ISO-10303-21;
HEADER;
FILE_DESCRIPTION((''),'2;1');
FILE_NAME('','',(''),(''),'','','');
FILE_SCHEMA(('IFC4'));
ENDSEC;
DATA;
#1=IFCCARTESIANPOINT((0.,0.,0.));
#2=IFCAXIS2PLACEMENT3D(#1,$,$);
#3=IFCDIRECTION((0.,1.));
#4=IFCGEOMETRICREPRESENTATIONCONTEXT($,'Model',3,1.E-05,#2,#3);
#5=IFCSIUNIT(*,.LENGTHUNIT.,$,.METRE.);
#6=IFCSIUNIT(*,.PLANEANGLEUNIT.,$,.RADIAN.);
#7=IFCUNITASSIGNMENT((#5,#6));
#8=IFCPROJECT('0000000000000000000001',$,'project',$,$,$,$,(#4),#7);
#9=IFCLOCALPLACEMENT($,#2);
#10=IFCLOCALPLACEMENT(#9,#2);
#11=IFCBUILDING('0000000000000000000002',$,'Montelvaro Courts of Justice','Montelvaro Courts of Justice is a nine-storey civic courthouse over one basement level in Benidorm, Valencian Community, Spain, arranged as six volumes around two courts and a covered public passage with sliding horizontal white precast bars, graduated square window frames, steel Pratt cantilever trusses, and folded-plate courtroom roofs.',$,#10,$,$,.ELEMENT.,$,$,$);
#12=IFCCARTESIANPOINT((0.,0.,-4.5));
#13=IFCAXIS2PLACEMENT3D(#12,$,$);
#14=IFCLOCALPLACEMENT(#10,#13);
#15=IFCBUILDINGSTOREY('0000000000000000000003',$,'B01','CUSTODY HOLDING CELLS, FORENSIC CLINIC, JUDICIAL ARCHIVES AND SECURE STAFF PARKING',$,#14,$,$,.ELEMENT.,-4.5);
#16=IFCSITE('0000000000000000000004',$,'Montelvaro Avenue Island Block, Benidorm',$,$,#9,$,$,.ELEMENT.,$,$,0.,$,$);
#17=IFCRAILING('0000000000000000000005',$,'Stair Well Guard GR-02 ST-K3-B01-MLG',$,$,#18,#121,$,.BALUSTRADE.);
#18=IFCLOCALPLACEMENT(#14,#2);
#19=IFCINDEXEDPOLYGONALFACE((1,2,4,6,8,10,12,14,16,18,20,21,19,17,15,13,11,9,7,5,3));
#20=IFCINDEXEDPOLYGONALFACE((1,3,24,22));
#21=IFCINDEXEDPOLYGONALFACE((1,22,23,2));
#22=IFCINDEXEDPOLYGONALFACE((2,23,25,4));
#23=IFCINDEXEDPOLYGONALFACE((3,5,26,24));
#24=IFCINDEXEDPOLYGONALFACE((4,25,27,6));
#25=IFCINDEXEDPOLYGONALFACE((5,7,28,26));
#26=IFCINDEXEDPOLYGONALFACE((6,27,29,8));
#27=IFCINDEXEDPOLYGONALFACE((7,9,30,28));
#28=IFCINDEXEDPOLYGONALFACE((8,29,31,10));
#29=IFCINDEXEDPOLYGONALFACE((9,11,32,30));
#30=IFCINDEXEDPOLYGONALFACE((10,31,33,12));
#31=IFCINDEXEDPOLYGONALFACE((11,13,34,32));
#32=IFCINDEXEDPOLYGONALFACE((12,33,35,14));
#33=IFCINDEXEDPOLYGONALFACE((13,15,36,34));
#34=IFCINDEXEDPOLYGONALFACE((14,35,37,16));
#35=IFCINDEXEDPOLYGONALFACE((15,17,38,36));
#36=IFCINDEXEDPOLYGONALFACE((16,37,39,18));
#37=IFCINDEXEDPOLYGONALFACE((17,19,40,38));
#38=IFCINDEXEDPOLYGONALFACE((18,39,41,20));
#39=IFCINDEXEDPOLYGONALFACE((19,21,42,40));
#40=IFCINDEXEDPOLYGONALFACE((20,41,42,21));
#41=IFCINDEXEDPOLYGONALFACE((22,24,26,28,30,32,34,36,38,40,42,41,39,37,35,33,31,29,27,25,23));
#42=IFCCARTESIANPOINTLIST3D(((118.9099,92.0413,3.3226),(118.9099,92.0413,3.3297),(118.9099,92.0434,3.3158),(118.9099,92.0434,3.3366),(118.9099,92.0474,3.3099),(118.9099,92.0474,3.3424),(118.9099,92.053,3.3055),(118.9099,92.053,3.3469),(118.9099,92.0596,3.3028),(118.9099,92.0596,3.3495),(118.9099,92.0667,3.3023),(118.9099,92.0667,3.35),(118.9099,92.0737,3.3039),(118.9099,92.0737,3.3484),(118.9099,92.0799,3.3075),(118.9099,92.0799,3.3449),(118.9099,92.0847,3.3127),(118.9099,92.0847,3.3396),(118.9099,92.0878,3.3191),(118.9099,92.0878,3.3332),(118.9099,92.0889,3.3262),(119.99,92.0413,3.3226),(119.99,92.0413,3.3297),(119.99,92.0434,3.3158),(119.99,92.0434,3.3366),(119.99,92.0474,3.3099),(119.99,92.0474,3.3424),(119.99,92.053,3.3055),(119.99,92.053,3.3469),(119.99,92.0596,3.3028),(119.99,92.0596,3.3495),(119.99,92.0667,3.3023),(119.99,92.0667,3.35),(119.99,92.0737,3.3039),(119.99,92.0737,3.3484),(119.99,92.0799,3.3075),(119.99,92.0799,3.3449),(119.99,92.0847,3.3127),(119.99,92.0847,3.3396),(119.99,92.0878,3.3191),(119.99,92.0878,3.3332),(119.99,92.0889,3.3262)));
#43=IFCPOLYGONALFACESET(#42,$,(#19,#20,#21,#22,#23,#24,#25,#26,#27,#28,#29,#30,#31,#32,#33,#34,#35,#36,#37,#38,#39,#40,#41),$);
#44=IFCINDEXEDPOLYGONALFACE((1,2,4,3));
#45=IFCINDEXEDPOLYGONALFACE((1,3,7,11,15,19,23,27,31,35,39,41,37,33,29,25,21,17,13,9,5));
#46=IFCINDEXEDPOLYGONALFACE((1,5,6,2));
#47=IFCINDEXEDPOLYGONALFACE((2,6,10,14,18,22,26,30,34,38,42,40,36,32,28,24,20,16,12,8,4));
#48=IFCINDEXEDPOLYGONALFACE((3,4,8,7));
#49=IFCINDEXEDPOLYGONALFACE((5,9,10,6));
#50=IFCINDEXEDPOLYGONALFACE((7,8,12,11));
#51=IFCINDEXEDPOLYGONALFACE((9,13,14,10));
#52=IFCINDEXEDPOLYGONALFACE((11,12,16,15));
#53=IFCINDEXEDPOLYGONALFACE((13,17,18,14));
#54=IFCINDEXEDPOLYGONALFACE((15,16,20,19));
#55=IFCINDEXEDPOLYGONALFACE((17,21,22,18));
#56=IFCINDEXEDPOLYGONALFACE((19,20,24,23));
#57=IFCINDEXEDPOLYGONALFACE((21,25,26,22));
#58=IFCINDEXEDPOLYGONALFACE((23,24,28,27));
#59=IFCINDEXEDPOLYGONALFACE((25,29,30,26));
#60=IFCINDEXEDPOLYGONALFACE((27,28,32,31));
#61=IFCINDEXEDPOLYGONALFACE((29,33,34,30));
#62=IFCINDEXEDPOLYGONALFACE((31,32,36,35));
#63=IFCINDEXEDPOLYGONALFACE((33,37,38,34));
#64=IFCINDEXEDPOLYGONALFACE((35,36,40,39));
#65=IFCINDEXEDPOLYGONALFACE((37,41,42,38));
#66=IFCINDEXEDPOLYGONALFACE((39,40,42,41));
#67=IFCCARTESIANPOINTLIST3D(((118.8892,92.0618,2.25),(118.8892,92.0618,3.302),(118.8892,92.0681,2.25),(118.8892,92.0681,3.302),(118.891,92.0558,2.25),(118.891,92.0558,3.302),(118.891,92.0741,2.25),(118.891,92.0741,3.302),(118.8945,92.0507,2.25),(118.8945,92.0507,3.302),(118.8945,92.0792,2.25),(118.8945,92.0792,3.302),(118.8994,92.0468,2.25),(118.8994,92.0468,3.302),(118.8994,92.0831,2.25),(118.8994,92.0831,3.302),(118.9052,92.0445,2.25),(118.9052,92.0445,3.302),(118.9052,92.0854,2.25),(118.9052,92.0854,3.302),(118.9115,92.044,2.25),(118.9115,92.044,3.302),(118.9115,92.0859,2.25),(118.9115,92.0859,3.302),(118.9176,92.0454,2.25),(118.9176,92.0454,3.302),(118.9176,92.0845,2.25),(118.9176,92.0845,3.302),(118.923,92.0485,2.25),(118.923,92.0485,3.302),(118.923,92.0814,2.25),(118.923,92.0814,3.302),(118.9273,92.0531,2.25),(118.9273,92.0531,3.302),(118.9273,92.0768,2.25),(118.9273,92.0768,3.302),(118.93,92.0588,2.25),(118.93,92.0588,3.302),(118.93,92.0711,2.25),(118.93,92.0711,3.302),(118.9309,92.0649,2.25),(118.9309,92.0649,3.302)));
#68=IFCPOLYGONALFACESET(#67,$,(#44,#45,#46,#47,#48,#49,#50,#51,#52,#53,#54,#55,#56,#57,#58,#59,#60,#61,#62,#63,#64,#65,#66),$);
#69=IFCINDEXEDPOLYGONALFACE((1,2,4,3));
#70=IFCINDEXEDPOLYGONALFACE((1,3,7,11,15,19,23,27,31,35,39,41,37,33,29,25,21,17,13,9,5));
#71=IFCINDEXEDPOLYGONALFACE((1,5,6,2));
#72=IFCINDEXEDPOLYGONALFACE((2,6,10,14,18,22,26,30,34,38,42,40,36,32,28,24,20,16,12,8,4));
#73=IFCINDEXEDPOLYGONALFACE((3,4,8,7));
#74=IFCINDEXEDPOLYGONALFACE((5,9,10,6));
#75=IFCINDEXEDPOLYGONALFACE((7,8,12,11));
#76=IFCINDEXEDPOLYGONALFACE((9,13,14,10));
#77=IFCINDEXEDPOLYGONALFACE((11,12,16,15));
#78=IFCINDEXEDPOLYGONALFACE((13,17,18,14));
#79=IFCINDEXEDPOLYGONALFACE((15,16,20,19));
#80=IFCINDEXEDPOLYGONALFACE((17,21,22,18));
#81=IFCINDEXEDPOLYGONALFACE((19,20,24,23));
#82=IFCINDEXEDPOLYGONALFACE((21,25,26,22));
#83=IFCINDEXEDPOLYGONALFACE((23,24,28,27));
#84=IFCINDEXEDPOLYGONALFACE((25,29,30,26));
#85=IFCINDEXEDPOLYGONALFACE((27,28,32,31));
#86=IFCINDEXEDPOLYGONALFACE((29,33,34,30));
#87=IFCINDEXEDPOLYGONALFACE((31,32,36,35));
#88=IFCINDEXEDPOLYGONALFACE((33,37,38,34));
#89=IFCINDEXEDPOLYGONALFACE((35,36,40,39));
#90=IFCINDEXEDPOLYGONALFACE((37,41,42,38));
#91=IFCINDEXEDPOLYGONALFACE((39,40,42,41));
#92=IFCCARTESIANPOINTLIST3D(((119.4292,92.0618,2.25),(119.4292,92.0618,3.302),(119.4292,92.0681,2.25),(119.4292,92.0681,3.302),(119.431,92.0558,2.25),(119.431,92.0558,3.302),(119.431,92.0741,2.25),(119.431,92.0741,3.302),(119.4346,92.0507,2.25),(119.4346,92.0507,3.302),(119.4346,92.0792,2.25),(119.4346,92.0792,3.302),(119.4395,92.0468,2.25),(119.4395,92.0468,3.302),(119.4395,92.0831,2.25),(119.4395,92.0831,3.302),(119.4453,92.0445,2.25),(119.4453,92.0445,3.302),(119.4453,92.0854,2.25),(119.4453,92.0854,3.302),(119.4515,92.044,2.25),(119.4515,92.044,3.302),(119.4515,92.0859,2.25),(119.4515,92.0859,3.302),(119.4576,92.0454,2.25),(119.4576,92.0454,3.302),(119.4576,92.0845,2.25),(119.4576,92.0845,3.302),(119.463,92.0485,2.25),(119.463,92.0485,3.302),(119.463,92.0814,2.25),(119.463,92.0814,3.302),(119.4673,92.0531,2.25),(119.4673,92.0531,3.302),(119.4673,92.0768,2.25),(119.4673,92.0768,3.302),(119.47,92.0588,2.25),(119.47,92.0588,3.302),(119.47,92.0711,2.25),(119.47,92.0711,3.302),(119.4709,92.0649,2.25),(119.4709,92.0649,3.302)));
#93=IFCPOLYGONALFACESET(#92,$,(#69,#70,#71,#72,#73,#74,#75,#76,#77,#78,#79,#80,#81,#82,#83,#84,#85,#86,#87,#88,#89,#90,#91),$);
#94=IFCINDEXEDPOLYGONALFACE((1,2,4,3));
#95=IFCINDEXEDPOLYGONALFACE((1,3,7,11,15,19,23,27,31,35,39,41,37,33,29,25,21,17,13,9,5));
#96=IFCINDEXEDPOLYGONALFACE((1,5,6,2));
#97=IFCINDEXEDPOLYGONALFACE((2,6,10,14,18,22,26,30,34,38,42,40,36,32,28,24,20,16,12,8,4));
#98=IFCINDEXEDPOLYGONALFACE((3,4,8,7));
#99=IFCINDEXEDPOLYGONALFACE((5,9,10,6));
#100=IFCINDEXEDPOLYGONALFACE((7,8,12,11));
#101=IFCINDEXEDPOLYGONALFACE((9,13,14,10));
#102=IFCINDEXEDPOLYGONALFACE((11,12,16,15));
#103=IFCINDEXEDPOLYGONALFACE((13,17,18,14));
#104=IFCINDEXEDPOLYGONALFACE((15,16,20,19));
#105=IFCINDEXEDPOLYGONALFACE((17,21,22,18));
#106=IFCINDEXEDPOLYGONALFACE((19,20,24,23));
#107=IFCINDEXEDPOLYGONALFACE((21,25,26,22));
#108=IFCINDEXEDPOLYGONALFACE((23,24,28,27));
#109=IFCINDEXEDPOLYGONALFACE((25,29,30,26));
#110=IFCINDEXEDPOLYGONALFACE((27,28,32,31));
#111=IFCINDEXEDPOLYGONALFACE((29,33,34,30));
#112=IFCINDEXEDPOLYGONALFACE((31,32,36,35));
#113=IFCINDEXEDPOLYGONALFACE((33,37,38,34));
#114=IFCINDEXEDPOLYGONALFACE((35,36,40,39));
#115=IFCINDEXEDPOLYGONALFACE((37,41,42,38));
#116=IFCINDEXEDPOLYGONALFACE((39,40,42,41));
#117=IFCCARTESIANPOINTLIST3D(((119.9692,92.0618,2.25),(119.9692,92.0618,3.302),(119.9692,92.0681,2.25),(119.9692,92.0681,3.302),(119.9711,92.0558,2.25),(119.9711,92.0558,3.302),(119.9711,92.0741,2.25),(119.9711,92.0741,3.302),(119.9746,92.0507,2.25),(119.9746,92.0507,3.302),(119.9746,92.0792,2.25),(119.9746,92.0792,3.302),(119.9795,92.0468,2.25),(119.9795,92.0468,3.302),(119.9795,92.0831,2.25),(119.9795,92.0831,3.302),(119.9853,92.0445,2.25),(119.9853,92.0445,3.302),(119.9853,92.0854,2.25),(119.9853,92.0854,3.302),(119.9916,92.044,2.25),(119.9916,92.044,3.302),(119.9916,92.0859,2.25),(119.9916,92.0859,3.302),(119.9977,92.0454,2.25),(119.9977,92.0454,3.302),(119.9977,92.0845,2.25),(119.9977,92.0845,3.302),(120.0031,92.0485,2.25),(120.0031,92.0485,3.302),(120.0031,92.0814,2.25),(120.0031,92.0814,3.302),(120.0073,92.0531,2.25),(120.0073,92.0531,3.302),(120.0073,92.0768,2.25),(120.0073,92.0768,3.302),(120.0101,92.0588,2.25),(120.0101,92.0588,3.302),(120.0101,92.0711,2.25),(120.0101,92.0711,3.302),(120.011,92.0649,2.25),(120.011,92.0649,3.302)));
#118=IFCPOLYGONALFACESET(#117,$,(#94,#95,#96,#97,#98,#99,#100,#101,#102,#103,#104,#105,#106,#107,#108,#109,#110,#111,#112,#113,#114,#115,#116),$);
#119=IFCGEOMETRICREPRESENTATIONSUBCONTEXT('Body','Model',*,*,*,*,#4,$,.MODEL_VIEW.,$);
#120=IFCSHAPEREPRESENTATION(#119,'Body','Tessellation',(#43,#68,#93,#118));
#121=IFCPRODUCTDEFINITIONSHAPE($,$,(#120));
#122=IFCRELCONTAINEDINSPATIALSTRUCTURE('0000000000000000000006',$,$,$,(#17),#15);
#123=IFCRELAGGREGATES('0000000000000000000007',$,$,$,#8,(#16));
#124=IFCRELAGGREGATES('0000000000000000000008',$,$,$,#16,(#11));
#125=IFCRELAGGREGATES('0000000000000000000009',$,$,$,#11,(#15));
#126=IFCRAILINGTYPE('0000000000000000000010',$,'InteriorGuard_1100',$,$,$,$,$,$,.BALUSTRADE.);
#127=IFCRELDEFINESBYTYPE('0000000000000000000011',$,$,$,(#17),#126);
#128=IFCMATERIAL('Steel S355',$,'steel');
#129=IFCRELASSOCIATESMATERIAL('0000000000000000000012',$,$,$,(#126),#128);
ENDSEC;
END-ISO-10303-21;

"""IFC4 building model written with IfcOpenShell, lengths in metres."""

from ifc_helpers import new_model, si_unit, direction, frame, origin, origin_2d, place, context, subcontext, project, spatial, circle, extrude, material, type_object, element, save


model = new_model("IFC4")

# Units and contexts
model_context = context("Model", 3, precision=1e-05, world=origin(), true_north=direction((0.0, 1.0)))
body_context = subcontext(model_context, "Body", "Model", "MODEL_VIEW")
ifc_project = project(units=[si_unit("LENGTHUNIT", "METRE"), si_unit("PLANEANGLEUNIT", "RADIAN")], contexts=[model_context])

# Site, building, storey
site_placement = place(None, origin())
site = spatial("IfcSite", under=ifc_project, at=site_placement, Name="Montelvaro Avenue Island Block, Benidorm", CompositionType="ELEMENT", RefElevation=0.0)
building_placement = place(site_placement, origin())
building = spatial("IfcBuilding", under=site, at=building_placement, Name="Montelvaro Courts of Justice", Description="Montelvaro Courts of Justice is a nine-storey civic courthouse over one basement level in Benidorm, Valencian Community, Spain, arranged as six volumes around two courts and a covered public passage with sliding horizontal white precast bars, graduated square window frames, steel Pratt cantilever trusses, and folded-plate courtroom roofs.", CompositionType="ELEMENT")
storey_placement = place(building_placement, frame((0.0, 0.0, -4.5)))
storey = spatial("IfcBuildingStorey", under=building, at=storey_placement, Name="B01", Description="CUSTODY HOLDING CELLS, FORENSIC CLINIC, JUDICIAL ARCHIVES AND SECURE STAFF PARKING", CompositionType="ELEMENT", Elevation=-4.5)

# Railing
ifc_material_1 = material(Name="Steel S355", Category="steel")
railing_type_1 = type_object("IfcRailingType", Name="InteriorGuard_1100", PredefinedType="BALUSTRADE", material=ifc_material_1)
railing_1_placement = place(storey_placement, frame((118.9099, 92.0649, 2.25)))
element("IfcRailing", 1, at=railing_1_placement, inside=storey, type_object=railing_type_1, Name="Stair Well Guard GR-02 ST-K3-B01-MLG", PredefinedType="BALUSTRADE", context=body_context, shape_type="SweptSolid", body=[
    extrude(circle(Radius=0.0239, at=origin_2d()), frame((0.0, 0.0, 1.0762), z_axis=(1.0, 0.0, 0.0), x_axis=(0.0, 1.0, 0.0)), (0.0, 0.0, 1.0), 1.0801),
    extrude(circle(Radius=0.021, at=origin_2d()), origin(), (0.0, 0.0, 1.0), 1.052),
    extrude(circle(Radius=0.021, at=origin_2d()), frame((0.54, 0.0, 0.0)), (0.0, 0.0, 1.0), 1.052),
    extrude(circle(Radius=0.021, at=origin_2d()), frame((1.0801, 0.0, 0.0)), (0.0, 0.0, 1.0), 1.052),
])

save(model, "model.ifc")
